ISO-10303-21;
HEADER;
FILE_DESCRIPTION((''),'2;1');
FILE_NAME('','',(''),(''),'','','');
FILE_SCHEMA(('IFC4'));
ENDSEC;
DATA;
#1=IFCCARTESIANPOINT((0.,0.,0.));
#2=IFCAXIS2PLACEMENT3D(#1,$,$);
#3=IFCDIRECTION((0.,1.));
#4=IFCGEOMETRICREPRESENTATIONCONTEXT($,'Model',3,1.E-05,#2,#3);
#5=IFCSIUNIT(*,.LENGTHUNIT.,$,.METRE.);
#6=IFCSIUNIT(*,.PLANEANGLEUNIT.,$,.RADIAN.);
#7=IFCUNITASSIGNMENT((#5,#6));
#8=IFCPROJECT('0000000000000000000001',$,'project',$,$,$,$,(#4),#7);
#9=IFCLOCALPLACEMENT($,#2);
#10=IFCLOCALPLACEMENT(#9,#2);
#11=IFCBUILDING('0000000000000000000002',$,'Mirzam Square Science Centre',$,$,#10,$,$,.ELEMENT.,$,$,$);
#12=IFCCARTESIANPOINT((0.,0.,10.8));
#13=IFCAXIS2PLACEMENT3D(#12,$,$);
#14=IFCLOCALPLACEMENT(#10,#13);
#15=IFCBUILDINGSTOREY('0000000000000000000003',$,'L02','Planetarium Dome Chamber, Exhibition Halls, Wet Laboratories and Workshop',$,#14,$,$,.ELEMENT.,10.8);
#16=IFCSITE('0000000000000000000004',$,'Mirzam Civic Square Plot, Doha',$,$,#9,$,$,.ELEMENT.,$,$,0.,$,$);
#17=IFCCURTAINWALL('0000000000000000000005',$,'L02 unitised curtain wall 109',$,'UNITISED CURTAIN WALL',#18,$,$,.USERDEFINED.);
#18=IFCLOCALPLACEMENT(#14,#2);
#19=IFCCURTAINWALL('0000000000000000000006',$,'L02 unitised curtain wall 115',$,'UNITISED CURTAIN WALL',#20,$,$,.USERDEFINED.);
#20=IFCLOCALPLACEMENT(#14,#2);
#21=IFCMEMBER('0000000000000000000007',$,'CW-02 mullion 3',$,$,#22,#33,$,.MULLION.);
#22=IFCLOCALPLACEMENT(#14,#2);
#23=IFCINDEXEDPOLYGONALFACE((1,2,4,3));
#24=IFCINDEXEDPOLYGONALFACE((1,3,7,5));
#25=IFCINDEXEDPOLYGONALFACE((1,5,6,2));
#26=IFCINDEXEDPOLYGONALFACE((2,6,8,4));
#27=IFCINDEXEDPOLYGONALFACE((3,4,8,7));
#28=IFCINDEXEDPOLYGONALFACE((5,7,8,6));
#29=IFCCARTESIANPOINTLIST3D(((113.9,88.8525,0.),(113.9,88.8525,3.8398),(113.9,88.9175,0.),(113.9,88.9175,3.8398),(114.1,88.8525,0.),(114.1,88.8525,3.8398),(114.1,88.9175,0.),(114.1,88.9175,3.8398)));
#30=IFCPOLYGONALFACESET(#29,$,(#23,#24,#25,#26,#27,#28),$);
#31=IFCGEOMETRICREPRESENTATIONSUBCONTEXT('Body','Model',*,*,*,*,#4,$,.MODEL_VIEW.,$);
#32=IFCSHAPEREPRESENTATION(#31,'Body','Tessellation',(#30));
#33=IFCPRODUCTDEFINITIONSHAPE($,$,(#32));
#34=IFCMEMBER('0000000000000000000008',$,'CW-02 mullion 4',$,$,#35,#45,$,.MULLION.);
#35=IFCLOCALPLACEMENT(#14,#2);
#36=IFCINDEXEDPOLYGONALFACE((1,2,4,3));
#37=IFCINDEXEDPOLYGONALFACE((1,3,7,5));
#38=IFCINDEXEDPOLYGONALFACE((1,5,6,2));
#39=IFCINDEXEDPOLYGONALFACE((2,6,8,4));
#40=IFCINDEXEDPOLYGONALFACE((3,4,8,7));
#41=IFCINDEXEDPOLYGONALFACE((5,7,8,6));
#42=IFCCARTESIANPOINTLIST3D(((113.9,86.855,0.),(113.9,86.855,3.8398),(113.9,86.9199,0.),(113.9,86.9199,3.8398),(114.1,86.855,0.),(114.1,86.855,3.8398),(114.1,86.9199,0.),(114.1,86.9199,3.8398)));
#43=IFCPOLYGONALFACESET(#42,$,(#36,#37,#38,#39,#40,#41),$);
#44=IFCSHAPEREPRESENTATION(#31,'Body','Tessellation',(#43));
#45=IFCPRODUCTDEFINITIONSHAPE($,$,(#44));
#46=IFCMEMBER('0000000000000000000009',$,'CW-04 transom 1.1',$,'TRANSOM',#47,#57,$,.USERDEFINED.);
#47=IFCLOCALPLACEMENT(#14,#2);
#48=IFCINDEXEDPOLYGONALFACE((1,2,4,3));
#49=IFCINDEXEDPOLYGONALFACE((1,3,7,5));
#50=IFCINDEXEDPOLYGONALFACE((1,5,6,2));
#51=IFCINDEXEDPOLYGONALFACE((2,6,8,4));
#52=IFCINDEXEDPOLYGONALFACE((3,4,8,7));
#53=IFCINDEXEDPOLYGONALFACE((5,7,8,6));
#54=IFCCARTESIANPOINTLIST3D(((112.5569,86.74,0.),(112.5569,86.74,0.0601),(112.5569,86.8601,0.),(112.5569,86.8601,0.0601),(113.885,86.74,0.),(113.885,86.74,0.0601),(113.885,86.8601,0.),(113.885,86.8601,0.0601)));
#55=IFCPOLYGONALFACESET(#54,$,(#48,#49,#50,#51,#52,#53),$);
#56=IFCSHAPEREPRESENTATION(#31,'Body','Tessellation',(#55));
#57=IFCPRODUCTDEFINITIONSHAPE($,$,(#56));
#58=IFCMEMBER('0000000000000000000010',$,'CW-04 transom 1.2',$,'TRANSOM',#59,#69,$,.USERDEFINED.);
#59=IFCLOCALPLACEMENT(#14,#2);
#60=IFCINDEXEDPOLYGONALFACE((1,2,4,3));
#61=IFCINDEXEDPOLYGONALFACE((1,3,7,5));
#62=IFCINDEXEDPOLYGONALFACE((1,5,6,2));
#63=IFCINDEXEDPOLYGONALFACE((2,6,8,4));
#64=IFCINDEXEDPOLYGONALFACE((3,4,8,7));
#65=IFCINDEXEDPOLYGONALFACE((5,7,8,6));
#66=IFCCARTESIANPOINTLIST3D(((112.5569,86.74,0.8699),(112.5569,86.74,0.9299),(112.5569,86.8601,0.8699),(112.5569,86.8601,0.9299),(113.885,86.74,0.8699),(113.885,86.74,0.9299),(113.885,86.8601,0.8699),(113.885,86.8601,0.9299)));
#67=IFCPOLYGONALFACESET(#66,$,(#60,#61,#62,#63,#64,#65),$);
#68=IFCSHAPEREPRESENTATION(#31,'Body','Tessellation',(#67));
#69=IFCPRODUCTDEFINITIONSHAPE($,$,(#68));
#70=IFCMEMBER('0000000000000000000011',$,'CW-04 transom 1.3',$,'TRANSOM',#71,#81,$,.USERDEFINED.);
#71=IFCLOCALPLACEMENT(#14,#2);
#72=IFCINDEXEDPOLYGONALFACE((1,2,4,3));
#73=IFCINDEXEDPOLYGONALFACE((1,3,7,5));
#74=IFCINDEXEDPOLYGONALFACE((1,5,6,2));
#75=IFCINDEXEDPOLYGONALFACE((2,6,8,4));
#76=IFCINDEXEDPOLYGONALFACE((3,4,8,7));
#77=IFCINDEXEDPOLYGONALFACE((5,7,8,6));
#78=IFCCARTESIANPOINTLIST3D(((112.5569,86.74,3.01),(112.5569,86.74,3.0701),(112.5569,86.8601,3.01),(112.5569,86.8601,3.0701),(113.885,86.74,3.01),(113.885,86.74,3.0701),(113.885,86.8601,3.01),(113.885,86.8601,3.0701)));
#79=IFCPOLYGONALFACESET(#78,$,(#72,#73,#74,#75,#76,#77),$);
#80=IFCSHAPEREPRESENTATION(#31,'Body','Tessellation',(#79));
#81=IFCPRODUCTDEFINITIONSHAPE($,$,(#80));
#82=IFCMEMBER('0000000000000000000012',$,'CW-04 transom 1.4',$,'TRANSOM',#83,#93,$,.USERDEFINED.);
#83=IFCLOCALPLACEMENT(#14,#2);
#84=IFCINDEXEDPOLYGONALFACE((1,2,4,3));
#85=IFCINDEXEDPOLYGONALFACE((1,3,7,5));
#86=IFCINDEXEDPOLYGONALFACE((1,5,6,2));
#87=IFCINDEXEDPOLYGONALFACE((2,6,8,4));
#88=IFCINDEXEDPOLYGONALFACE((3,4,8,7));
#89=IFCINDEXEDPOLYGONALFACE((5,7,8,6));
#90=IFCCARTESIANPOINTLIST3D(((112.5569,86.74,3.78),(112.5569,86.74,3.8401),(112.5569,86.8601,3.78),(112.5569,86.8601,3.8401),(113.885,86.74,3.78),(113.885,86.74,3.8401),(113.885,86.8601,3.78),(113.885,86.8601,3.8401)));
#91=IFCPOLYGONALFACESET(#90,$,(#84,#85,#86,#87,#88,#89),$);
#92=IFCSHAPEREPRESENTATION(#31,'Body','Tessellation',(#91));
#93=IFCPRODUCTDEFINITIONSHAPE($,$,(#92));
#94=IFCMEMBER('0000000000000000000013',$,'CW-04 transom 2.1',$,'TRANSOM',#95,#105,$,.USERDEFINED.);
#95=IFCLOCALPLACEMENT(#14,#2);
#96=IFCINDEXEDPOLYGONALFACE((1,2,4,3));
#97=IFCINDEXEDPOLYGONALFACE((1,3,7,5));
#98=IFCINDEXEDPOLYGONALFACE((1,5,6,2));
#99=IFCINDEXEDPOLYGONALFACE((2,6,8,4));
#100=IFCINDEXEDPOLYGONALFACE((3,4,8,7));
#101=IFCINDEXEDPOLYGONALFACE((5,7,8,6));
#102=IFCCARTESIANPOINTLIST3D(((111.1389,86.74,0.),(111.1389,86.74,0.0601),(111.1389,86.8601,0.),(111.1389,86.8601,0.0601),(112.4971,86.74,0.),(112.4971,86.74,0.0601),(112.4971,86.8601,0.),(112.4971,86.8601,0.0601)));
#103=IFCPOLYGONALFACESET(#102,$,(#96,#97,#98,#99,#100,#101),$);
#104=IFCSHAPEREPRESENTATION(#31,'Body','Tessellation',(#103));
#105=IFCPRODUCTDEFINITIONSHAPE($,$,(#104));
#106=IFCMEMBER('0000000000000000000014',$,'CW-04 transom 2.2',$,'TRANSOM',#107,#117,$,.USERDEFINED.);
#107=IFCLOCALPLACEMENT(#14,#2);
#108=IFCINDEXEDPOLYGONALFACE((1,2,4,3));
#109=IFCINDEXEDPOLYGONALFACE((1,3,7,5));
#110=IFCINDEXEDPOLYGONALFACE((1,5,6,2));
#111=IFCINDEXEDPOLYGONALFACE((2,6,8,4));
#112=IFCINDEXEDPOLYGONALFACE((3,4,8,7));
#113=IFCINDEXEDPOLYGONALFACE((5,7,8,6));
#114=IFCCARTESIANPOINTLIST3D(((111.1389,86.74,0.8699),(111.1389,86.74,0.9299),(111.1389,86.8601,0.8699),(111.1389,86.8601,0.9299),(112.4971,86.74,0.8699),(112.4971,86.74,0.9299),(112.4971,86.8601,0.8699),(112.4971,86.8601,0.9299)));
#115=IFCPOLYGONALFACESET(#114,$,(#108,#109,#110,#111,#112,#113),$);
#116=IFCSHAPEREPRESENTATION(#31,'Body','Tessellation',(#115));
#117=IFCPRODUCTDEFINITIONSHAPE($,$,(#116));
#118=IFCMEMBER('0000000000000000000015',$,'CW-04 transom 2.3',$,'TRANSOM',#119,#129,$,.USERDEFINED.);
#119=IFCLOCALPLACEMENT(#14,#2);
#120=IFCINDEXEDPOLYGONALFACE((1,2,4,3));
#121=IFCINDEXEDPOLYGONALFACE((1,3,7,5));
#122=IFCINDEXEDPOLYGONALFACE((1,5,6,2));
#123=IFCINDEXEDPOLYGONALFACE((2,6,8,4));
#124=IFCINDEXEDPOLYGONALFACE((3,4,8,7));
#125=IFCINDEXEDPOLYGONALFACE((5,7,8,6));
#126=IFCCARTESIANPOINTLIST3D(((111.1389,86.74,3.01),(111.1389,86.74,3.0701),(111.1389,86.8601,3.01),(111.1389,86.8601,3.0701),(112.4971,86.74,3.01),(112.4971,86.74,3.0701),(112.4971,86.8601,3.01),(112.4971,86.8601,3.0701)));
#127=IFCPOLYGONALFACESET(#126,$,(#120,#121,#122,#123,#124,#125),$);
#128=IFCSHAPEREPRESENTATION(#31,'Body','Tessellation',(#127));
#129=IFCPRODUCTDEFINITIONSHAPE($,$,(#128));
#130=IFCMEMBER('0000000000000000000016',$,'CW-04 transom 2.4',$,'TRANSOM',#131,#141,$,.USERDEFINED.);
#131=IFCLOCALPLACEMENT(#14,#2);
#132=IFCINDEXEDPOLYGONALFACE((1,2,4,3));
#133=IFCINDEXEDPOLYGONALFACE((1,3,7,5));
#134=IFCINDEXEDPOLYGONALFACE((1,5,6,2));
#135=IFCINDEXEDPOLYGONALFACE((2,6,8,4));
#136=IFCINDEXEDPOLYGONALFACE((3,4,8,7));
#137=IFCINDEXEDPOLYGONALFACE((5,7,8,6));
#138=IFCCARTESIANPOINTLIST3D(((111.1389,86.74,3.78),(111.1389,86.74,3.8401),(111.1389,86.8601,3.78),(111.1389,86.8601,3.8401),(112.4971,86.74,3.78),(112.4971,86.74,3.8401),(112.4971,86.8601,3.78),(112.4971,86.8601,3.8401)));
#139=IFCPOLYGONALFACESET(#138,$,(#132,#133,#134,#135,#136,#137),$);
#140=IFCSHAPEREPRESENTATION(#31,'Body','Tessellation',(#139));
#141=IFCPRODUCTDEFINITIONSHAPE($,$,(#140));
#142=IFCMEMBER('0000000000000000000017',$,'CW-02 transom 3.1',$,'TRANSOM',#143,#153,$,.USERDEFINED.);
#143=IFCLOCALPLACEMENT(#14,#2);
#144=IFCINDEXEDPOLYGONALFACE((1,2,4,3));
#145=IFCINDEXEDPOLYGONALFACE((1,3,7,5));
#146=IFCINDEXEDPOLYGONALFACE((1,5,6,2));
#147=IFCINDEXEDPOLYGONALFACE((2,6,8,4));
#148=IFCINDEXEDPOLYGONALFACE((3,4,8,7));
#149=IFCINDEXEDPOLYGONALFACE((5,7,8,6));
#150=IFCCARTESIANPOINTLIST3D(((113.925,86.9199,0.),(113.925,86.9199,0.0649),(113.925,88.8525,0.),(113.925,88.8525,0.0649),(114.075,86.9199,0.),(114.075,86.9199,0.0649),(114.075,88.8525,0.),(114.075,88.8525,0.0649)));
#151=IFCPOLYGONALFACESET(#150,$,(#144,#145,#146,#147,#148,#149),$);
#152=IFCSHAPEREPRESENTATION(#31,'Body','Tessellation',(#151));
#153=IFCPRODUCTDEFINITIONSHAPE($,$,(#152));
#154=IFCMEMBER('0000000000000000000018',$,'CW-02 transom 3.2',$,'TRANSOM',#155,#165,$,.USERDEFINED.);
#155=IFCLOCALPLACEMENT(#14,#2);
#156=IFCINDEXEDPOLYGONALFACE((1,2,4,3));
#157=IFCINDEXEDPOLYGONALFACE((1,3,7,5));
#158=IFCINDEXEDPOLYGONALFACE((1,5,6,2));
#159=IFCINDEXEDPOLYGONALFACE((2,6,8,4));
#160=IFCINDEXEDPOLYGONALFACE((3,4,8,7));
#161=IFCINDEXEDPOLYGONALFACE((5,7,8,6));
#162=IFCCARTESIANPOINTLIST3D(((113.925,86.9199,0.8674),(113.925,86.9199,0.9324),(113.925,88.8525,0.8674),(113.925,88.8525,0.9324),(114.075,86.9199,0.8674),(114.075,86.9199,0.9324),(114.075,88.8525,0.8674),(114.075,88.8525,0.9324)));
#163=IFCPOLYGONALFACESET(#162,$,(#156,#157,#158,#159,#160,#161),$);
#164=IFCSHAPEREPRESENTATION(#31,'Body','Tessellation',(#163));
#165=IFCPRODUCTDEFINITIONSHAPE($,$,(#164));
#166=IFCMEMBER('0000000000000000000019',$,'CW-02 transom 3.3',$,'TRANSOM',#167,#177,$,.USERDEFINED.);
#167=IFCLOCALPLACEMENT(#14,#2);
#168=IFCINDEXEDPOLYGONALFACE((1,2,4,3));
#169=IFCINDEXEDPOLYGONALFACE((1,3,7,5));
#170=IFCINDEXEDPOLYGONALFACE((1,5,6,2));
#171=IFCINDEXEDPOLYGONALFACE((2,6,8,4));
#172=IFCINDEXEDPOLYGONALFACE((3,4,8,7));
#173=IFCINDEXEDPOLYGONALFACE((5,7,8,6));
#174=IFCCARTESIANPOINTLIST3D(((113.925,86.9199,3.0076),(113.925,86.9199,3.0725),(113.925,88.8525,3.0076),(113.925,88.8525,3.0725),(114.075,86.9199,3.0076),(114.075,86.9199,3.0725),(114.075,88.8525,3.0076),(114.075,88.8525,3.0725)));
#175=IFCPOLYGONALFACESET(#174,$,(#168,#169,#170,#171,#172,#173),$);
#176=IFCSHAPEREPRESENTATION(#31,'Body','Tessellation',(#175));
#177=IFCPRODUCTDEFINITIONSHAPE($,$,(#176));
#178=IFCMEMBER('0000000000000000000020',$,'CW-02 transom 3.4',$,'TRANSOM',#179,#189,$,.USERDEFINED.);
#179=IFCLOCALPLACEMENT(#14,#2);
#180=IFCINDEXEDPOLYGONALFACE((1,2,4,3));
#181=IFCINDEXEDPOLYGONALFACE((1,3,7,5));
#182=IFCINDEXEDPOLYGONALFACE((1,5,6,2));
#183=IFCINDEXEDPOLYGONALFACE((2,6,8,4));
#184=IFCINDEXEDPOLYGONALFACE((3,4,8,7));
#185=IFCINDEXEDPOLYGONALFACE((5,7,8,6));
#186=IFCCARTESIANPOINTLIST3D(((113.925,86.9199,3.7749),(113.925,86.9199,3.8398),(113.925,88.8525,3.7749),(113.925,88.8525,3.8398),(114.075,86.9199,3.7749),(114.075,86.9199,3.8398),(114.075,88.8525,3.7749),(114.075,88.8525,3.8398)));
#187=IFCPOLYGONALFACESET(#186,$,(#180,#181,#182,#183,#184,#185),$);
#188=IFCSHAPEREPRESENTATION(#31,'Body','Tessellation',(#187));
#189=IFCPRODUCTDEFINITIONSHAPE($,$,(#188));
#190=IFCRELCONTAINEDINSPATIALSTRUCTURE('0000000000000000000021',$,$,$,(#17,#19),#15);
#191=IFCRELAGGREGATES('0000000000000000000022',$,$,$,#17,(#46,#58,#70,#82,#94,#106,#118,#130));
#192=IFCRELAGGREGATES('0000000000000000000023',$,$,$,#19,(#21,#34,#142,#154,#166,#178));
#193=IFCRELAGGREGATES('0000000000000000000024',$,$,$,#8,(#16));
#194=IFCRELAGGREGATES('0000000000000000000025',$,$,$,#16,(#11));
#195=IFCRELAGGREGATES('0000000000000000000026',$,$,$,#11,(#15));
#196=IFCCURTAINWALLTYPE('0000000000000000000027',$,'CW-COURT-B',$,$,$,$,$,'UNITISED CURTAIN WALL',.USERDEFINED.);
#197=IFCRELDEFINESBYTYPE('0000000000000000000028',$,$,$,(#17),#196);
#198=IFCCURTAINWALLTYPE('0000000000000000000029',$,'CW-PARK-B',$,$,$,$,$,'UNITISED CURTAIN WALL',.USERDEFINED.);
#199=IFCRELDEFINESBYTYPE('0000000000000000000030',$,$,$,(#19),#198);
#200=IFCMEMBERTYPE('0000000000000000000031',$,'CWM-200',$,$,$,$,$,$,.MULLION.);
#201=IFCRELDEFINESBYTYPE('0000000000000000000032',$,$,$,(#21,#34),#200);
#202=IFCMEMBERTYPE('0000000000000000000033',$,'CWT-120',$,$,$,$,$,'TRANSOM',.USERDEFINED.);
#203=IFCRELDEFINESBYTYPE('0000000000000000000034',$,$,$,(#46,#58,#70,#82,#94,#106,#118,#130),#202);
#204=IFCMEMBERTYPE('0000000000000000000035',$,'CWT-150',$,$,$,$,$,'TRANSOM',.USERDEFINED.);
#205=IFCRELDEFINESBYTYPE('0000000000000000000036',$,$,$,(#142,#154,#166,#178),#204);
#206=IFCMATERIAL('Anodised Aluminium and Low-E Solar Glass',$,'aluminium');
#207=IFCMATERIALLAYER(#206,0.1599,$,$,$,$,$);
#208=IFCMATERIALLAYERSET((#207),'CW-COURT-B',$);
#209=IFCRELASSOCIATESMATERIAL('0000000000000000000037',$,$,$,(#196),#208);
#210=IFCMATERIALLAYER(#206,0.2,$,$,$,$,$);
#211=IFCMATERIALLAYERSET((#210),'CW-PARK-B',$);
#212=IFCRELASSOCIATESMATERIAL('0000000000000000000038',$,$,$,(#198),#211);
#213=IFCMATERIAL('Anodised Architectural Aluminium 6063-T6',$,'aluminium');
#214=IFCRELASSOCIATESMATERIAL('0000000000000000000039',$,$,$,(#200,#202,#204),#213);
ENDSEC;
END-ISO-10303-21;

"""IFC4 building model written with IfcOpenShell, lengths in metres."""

from ifc_helpers import new_model, si_unit, direction, frame, origin, origin_2d, place, context, subcontext, project, spatial, rectangle, extrude, material, layer, layer_set, material_profile, profile_set, type_object, element, aggregate, save


model = new_model("IFC4")

# Units and contexts
model_context = context("Model", 3, precision=1e-05, world=origin(), true_north=direction((0.0, 1.0)))
body_context = subcontext(model_context, "Body", "Model", "MODEL_VIEW")
ifc_project = project(units=[si_unit("LENGTHUNIT", "METRE"), si_unit("PLANEANGLEUNIT", "RADIAN")], contexts=[model_context])

# Site, building, storey
site_placement = place(None, origin())
site = spatial("IfcSite", under=ifc_project, at=site_placement, Name="Mirzam Civic Square Plot, Doha", CompositionType="ELEMENT", RefElevation=0.0)
building_placement = place(site_placement, origin())
building = spatial("IfcBuilding", under=site, at=building_placement, Name="Mirzam Square Science Centre", CompositionType="ELEMENT")
storey_placement = place(building_placement, frame((0.0, 0.0, 10.8)))
storey = spatial("IfcBuildingStorey", under=building, at=storey_placement, Name="L02", Description="Planetarium Dome Chamber, Exhibition Halls, Wet Laboratories and Workshop", CompositionType="ELEMENT", Elevation=10.8)

# Curtain walls, members
ifc_material_1 = material(Name="Anodised Aluminium and Low-E Solar Glass", Category="aluminium")
ifc_layer_1 = layer(ifc_material_1, 0.1599)
ifc_layer_set_1 = layer_set([ifc_layer_1], Name="CW-COURT-B")
curtain_wall_type_1 = type_object("IfcCurtainWallType", Name="CW-COURT-B", ElementType="UNITISED CURTAIN WALL", PredefinedType="USERDEFINED", material=ifc_layer_set_1)
curtain_wall_1_placement = place(storey_placement, origin())
curtain_wall_1 = element("IfcCurtainWall", 1, at=curtain_wall_1_placement, inside=storey, type_object=curtain_wall_type_1, Name="L02 unitised curtain wall 109", ObjectType="UNITISED CURTAIN WALL", PredefinedType="USERDEFINED")
ifc_material_2 = material(Name="Anodised Architectural Aluminium 6063-T6", Category="aluminium")
ifc_layer_2 = layer(ifc_material_1, 0.2)
ifc_layer_set_2 = layer_set([ifc_layer_2], Name="CW-PARK-B")
curtain_wall_type_2 = type_object("IfcCurtainWallType", Name="CW-PARK-B", ElementType="UNITISED CURTAIN WALL", PredefinedType="USERDEFINED", material=ifc_layer_set_2)
curtain_wall_2_placement = place(storey_placement, origin())
curtain_wall_2 = element("IfcCurtainWall", 2, at=curtain_wall_2_placement, inside=storey, type_object=curtain_wall_type_2, Name="L02 unitised curtain wall 115", ObjectType="UNITISED CURTAIN WALL", PredefinedType="USERDEFINED")
ifc_material_profile_1 = material_profile(ifc_material_2, rectangle(XDim=0.0649, YDim=0.2, at=origin_2d()), Name="ALU-MULL-200x65x5")
ifc_profile_set_1 = profile_set([ifc_material_profile_1], Name="Anodised Architectural Aluminium 6063-T6")
member_type_1 = type_object("IfcMemberType", Name="CWM-200", PredefinedType="MULLION", material=ifc_profile_set_1)
member_1_placement = place(storey_placement, frame((114.0, 88.885, 0.0), z_axis=(0.0, 0.0, 1.0), x_axis=(0.0, -1.0, 0.0)))
member_1 = element("IfcMember", 3, at=member_1_placement, type_object=member_type_1, Name="CW-02 mullion 3", PredefinedType="MULLION", context=body_context, shape_type="SweptSolid", body=[
    extrude(rectangle(XDim=0.0649, YDim=0.2, at=origin_2d()), origin(), (0.0, 0.0, 1.0), 3.8398),
])
member_2_placement = place(storey_placement, frame((114.0, 86.8875, 0.0), z_axis=(0.0, 0.0, 1.0), x_axis=(0.0, -1.0, 0.0)))
member_2 = element("IfcMember", 4, at=member_2_placement, type_object=member_type_1, Name="CW-02 mullion 4", PredefinedType="MULLION", context=body_context, shape_type="SweptSolid", body=[
    extrude(rectangle(XDim=0.0649, YDim=0.2, at=origin_2d()), origin(), (0.0, 0.0, 1.0), 3.8398),
])

# Members
ifc_material_profile_2 = material_profile(ifc_material_2, rectangle(XDim=0.1201, YDim=0.0601, at=origin_2d()), Name="ALU-TRAN-120x60x4")
ifc_profile_set_2 = profile_set([ifc_material_profile_2], Name="Anodised Architectural Aluminium 6063-T6")
member_type_2 = type_object("IfcMemberType", Name="CWT-120", ElementType="TRANSOM", PredefinedType="USERDEFINED", material=ifc_profile_set_2)
member_3_placement = place(storey_placement, frame((113.885, 86.8, 0.03), z_axis=(-1.0, 0.0, 0.0), x_axis=(0.0, -1.0, 0.0)))
member_3 = element("IfcMember", 5, at=member_3_placement, type_object=member_type_2, Name="CW-04 transom 1.1", ObjectType="TRANSOM", PredefinedType="USERDEFINED", context=body_context, shape_type="SweptSolid", body=[
    extrude(rectangle(XDim=0.1201, YDim=0.0601, at=origin_2d()), origin(), (0.0, 0.0, 1.0), 1.3281),
])
member_4_placement = place(storey_placement, frame((113.885, 86.8, 0.8999), z_axis=(-1.0, 0.0, 0.0), x_axis=(0.0, -1.0, 0.0)))
member_4 = element("IfcMember", 6, at=member_4_placement, type_object=member_type_2, Name="CW-04 transom 1.2", ObjectType="TRANSOM", PredefinedType="USERDEFINED", context=body_context, shape_type="SweptSolid", body=[
    extrude(rectangle(XDim=0.1201, YDim=0.0601, at=origin_2d()), origin(), (0.0, 0.0, 1.0), 1.3281),
])
member_5_placement = place(storey_placement, frame((113.885, 86.8, 3.04), z_axis=(-1.0, 0.0, 0.0), x_axis=(0.0, -1.0, 0.0)))
member_5 = element("IfcMember", 7, at=member_5_placement, type_object=member_type_2, Name="CW-04 transom 1.3", ObjectType="TRANSOM", PredefinedType="USERDEFINED", context=body_context, shape_type="SweptSolid", body=[
    extrude(rectangle(XDim=0.1201, YDim=0.0601, at=origin_2d()), origin(), (0.0, 0.0, 1.0), 1.3281),
])
member_6_placement = place(storey_placement, frame((113.885, 86.8, 3.8101), z_axis=(-1.0, 0.0, 0.0), x_axis=(0.0, -1.0, 0.0)))
member_6 = element("IfcMember", 8, at=member_6_placement, type_object=member_type_2, Name="CW-04 transom 1.4", ObjectType="TRANSOM", PredefinedType="USERDEFINED", context=body_context, shape_type="SweptSolid", body=[
    extrude(rectangle(XDim=0.1201, YDim=0.0601, at=origin_2d()), origin(), (0.0, 0.0, 1.0), 1.3281),
])
member_7_placement = place(storey_placement, frame((112.4971, 86.8, 0.03), z_axis=(-1.0, 0.0, 0.0), x_axis=(0.0, -1.0, 0.0)))
member_7 = element("IfcMember", 9, at=member_7_placement, type_object=member_type_2, Name="CW-04 transom 2.1", ObjectType="TRANSOM", PredefinedType="USERDEFINED", context=body_context, shape_type="SweptSolid", body=[
    extrude(rectangle(XDim=0.1201, YDim=0.0601, at=origin_2d()), origin(), (0.0, 0.0, 1.0), 1.3582),
])
member_8_placement = place(storey_placement, frame((112.4971, 86.8, 0.8999), z_axis=(-1.0, 0.0, 0.0), x_axis=(0.0, -1.0, 0.0)))
member_8 = element("IfcMember", 10, at=member_8_placement, type_object=member_type_2, Name="CW-04 transom 2.2", ObjectType="TRANSOM", PredefinedType="USERDEFINED", context=body_context, shape_type="SweptSolid", body=[
    extrude(rectangle(XDim=0.1201, YDim=0.0601, at=origin_2d()), origin(), (0.0, 0.0, 1.0), 1.3582),
])
member_9_placement = place(storey_placement, frame((112.4971, 86.8, 3.04), z_axis=(-1.0, 0.0, 0.0), x_axis=(0.0, -1.0, 0.0)))
member_9 = element("IfcMember", 11, at=member_9_placement, type_object=member_type_2, Name="CW-04 transom 2.3", ObjectType="TRANSOM", PredefinedType="USERDEFINED", context=body_context, shape_type="SweptSolid", body=[
    extrude(rectangle(XDim=0.1201, YDim=0.0601, at=origin_2d()), origin(), (0.0, 0.0, 1.0), 1.3582),
])
member_10_placement = place(storey_placement, frame((112.4971, 86.8, 3.8101), z_axis=(-1.0, 0.0, 0.0), x_axis=(0.0, -1.0, 0.0)))
member_10 = element("IfcMember", 12, at=member_10_placement, type_object=member_type_2, Name="CW-04 transom 2.4", ObjectType="TRANSOM", PredefinedType="USERDEFINED", context=body_context, shape_type="SweptSolid", body=[
    extrude(rectangle(XDim=0.1201, YDim=0.0601, at=origin_2d()), origin(), (0.0, 0.0, 1.0), 1.3582),
])
ifc_material_profile_3 = material_profile(ifc_material_2, rectangle(XDim=0.1499, YDim=0.0649, at=origin_2d()), Name="ALU-TRAN-150x65x4")
ifc_profile_set_3 = profile_set([ifc_material_profile_3], Name="Anodised Architectural Aluminium 6063-T6")
member_type_3 = type_object("IfcMemberType", Name="CWT-150", ElementType="TRANSOM", PredefinedType="USERDEFINED", material=ifc_profile_set_3)
member_11_placement = place(storey_placement, frame((114.0, 88.8525, 0.0325), z_axis=(0.0, -1.0, 0.0), x_axis=(1.0, 0.0, 0.0)))
member_11 = element("IfcMember", 13, at=member_11_placement, type_object=member_type_3, Name="CW-02 transom 3.1", ObjectType="TRANSOM", PredefinedType="USERDEFINED", context=body_context, shape_type="SweptSolid", body=[
    extrude(rectangle(XDim=0.1499, YDim=0.0649, at=origin_2d()), origin(), (0.0, 0.0, 1.0), 1.9326),
])
member_12_placement = place(storey_placement, frame((114.0, 88.8525, 0.8999), z_axis=(0.0, -1.0, 0.0), x_axis=(1.0, 0.0, 0.0)))
member_12 = element("IfcMember", 14, at=member_12_placement, type_object=member_type_3, Name="CW-02 transom 3.2", ObjectType="TRANSOM", PredefinedType="USERDEFINED", context=body_context, shape_type="SweptSolid", body=[
    extrude(rectangle(XDim=0.1499, YDim=0.0649, at=origin_2d()), origin(), (0.0, 0.0, 1.0), 1.9326),
])
member_13_placement = place(storey_placement, frame((114.0, 88.8525, 3.04), z_axis=(0.0, -1.0, 0.0), x_axis=(1.0, 0.0, 0.0)))
member_13 = element("IfcMember", 15, at=member_13_placement, type_object=member_type_3, Name="CW-02 transom 3.3", ObjectType="TRANSOM", PredefinedType="USERDEFINED", context=body_context, shape_type="SweptSolid", body=[
    extrude(rectangle(XDim=0.1499, YDim=0.0649, at=origin_2d()), origin(), (0.0, 0.0, 1.0), 1.9326),
])
member_14_placement = place(storey_placement, frame((114.0, 88.8525, 3.8074), z_axis=(0.0, -1.0, 0.0), x_axis=(1.0, 0.0, 0.0)))
member_14 = element("IfcMember", 16, at=member_14_placement, type_object=member_type_3, Name="CW-02 transom 3.4", ObjectType="TRANSOM", PredefinedType="USERDEFINED", context=body_context, shape_type="SweptSolid", body=[
    extrude(rectangle(XDim=0.1499, YDim=0.0649, at=origin_2d()), origin(), (0.0, 0.0, 1.0), 1.9326),
])

aggregate(curtain_wall_1, [member_3, member_4, member_5, member_6, member_7, member_8, member_9, member_10])
aggregate(curtain_wall_2, [member_1, member_2, member_11, member_12, member_13, member_14])

save(model, "model.ifc")
